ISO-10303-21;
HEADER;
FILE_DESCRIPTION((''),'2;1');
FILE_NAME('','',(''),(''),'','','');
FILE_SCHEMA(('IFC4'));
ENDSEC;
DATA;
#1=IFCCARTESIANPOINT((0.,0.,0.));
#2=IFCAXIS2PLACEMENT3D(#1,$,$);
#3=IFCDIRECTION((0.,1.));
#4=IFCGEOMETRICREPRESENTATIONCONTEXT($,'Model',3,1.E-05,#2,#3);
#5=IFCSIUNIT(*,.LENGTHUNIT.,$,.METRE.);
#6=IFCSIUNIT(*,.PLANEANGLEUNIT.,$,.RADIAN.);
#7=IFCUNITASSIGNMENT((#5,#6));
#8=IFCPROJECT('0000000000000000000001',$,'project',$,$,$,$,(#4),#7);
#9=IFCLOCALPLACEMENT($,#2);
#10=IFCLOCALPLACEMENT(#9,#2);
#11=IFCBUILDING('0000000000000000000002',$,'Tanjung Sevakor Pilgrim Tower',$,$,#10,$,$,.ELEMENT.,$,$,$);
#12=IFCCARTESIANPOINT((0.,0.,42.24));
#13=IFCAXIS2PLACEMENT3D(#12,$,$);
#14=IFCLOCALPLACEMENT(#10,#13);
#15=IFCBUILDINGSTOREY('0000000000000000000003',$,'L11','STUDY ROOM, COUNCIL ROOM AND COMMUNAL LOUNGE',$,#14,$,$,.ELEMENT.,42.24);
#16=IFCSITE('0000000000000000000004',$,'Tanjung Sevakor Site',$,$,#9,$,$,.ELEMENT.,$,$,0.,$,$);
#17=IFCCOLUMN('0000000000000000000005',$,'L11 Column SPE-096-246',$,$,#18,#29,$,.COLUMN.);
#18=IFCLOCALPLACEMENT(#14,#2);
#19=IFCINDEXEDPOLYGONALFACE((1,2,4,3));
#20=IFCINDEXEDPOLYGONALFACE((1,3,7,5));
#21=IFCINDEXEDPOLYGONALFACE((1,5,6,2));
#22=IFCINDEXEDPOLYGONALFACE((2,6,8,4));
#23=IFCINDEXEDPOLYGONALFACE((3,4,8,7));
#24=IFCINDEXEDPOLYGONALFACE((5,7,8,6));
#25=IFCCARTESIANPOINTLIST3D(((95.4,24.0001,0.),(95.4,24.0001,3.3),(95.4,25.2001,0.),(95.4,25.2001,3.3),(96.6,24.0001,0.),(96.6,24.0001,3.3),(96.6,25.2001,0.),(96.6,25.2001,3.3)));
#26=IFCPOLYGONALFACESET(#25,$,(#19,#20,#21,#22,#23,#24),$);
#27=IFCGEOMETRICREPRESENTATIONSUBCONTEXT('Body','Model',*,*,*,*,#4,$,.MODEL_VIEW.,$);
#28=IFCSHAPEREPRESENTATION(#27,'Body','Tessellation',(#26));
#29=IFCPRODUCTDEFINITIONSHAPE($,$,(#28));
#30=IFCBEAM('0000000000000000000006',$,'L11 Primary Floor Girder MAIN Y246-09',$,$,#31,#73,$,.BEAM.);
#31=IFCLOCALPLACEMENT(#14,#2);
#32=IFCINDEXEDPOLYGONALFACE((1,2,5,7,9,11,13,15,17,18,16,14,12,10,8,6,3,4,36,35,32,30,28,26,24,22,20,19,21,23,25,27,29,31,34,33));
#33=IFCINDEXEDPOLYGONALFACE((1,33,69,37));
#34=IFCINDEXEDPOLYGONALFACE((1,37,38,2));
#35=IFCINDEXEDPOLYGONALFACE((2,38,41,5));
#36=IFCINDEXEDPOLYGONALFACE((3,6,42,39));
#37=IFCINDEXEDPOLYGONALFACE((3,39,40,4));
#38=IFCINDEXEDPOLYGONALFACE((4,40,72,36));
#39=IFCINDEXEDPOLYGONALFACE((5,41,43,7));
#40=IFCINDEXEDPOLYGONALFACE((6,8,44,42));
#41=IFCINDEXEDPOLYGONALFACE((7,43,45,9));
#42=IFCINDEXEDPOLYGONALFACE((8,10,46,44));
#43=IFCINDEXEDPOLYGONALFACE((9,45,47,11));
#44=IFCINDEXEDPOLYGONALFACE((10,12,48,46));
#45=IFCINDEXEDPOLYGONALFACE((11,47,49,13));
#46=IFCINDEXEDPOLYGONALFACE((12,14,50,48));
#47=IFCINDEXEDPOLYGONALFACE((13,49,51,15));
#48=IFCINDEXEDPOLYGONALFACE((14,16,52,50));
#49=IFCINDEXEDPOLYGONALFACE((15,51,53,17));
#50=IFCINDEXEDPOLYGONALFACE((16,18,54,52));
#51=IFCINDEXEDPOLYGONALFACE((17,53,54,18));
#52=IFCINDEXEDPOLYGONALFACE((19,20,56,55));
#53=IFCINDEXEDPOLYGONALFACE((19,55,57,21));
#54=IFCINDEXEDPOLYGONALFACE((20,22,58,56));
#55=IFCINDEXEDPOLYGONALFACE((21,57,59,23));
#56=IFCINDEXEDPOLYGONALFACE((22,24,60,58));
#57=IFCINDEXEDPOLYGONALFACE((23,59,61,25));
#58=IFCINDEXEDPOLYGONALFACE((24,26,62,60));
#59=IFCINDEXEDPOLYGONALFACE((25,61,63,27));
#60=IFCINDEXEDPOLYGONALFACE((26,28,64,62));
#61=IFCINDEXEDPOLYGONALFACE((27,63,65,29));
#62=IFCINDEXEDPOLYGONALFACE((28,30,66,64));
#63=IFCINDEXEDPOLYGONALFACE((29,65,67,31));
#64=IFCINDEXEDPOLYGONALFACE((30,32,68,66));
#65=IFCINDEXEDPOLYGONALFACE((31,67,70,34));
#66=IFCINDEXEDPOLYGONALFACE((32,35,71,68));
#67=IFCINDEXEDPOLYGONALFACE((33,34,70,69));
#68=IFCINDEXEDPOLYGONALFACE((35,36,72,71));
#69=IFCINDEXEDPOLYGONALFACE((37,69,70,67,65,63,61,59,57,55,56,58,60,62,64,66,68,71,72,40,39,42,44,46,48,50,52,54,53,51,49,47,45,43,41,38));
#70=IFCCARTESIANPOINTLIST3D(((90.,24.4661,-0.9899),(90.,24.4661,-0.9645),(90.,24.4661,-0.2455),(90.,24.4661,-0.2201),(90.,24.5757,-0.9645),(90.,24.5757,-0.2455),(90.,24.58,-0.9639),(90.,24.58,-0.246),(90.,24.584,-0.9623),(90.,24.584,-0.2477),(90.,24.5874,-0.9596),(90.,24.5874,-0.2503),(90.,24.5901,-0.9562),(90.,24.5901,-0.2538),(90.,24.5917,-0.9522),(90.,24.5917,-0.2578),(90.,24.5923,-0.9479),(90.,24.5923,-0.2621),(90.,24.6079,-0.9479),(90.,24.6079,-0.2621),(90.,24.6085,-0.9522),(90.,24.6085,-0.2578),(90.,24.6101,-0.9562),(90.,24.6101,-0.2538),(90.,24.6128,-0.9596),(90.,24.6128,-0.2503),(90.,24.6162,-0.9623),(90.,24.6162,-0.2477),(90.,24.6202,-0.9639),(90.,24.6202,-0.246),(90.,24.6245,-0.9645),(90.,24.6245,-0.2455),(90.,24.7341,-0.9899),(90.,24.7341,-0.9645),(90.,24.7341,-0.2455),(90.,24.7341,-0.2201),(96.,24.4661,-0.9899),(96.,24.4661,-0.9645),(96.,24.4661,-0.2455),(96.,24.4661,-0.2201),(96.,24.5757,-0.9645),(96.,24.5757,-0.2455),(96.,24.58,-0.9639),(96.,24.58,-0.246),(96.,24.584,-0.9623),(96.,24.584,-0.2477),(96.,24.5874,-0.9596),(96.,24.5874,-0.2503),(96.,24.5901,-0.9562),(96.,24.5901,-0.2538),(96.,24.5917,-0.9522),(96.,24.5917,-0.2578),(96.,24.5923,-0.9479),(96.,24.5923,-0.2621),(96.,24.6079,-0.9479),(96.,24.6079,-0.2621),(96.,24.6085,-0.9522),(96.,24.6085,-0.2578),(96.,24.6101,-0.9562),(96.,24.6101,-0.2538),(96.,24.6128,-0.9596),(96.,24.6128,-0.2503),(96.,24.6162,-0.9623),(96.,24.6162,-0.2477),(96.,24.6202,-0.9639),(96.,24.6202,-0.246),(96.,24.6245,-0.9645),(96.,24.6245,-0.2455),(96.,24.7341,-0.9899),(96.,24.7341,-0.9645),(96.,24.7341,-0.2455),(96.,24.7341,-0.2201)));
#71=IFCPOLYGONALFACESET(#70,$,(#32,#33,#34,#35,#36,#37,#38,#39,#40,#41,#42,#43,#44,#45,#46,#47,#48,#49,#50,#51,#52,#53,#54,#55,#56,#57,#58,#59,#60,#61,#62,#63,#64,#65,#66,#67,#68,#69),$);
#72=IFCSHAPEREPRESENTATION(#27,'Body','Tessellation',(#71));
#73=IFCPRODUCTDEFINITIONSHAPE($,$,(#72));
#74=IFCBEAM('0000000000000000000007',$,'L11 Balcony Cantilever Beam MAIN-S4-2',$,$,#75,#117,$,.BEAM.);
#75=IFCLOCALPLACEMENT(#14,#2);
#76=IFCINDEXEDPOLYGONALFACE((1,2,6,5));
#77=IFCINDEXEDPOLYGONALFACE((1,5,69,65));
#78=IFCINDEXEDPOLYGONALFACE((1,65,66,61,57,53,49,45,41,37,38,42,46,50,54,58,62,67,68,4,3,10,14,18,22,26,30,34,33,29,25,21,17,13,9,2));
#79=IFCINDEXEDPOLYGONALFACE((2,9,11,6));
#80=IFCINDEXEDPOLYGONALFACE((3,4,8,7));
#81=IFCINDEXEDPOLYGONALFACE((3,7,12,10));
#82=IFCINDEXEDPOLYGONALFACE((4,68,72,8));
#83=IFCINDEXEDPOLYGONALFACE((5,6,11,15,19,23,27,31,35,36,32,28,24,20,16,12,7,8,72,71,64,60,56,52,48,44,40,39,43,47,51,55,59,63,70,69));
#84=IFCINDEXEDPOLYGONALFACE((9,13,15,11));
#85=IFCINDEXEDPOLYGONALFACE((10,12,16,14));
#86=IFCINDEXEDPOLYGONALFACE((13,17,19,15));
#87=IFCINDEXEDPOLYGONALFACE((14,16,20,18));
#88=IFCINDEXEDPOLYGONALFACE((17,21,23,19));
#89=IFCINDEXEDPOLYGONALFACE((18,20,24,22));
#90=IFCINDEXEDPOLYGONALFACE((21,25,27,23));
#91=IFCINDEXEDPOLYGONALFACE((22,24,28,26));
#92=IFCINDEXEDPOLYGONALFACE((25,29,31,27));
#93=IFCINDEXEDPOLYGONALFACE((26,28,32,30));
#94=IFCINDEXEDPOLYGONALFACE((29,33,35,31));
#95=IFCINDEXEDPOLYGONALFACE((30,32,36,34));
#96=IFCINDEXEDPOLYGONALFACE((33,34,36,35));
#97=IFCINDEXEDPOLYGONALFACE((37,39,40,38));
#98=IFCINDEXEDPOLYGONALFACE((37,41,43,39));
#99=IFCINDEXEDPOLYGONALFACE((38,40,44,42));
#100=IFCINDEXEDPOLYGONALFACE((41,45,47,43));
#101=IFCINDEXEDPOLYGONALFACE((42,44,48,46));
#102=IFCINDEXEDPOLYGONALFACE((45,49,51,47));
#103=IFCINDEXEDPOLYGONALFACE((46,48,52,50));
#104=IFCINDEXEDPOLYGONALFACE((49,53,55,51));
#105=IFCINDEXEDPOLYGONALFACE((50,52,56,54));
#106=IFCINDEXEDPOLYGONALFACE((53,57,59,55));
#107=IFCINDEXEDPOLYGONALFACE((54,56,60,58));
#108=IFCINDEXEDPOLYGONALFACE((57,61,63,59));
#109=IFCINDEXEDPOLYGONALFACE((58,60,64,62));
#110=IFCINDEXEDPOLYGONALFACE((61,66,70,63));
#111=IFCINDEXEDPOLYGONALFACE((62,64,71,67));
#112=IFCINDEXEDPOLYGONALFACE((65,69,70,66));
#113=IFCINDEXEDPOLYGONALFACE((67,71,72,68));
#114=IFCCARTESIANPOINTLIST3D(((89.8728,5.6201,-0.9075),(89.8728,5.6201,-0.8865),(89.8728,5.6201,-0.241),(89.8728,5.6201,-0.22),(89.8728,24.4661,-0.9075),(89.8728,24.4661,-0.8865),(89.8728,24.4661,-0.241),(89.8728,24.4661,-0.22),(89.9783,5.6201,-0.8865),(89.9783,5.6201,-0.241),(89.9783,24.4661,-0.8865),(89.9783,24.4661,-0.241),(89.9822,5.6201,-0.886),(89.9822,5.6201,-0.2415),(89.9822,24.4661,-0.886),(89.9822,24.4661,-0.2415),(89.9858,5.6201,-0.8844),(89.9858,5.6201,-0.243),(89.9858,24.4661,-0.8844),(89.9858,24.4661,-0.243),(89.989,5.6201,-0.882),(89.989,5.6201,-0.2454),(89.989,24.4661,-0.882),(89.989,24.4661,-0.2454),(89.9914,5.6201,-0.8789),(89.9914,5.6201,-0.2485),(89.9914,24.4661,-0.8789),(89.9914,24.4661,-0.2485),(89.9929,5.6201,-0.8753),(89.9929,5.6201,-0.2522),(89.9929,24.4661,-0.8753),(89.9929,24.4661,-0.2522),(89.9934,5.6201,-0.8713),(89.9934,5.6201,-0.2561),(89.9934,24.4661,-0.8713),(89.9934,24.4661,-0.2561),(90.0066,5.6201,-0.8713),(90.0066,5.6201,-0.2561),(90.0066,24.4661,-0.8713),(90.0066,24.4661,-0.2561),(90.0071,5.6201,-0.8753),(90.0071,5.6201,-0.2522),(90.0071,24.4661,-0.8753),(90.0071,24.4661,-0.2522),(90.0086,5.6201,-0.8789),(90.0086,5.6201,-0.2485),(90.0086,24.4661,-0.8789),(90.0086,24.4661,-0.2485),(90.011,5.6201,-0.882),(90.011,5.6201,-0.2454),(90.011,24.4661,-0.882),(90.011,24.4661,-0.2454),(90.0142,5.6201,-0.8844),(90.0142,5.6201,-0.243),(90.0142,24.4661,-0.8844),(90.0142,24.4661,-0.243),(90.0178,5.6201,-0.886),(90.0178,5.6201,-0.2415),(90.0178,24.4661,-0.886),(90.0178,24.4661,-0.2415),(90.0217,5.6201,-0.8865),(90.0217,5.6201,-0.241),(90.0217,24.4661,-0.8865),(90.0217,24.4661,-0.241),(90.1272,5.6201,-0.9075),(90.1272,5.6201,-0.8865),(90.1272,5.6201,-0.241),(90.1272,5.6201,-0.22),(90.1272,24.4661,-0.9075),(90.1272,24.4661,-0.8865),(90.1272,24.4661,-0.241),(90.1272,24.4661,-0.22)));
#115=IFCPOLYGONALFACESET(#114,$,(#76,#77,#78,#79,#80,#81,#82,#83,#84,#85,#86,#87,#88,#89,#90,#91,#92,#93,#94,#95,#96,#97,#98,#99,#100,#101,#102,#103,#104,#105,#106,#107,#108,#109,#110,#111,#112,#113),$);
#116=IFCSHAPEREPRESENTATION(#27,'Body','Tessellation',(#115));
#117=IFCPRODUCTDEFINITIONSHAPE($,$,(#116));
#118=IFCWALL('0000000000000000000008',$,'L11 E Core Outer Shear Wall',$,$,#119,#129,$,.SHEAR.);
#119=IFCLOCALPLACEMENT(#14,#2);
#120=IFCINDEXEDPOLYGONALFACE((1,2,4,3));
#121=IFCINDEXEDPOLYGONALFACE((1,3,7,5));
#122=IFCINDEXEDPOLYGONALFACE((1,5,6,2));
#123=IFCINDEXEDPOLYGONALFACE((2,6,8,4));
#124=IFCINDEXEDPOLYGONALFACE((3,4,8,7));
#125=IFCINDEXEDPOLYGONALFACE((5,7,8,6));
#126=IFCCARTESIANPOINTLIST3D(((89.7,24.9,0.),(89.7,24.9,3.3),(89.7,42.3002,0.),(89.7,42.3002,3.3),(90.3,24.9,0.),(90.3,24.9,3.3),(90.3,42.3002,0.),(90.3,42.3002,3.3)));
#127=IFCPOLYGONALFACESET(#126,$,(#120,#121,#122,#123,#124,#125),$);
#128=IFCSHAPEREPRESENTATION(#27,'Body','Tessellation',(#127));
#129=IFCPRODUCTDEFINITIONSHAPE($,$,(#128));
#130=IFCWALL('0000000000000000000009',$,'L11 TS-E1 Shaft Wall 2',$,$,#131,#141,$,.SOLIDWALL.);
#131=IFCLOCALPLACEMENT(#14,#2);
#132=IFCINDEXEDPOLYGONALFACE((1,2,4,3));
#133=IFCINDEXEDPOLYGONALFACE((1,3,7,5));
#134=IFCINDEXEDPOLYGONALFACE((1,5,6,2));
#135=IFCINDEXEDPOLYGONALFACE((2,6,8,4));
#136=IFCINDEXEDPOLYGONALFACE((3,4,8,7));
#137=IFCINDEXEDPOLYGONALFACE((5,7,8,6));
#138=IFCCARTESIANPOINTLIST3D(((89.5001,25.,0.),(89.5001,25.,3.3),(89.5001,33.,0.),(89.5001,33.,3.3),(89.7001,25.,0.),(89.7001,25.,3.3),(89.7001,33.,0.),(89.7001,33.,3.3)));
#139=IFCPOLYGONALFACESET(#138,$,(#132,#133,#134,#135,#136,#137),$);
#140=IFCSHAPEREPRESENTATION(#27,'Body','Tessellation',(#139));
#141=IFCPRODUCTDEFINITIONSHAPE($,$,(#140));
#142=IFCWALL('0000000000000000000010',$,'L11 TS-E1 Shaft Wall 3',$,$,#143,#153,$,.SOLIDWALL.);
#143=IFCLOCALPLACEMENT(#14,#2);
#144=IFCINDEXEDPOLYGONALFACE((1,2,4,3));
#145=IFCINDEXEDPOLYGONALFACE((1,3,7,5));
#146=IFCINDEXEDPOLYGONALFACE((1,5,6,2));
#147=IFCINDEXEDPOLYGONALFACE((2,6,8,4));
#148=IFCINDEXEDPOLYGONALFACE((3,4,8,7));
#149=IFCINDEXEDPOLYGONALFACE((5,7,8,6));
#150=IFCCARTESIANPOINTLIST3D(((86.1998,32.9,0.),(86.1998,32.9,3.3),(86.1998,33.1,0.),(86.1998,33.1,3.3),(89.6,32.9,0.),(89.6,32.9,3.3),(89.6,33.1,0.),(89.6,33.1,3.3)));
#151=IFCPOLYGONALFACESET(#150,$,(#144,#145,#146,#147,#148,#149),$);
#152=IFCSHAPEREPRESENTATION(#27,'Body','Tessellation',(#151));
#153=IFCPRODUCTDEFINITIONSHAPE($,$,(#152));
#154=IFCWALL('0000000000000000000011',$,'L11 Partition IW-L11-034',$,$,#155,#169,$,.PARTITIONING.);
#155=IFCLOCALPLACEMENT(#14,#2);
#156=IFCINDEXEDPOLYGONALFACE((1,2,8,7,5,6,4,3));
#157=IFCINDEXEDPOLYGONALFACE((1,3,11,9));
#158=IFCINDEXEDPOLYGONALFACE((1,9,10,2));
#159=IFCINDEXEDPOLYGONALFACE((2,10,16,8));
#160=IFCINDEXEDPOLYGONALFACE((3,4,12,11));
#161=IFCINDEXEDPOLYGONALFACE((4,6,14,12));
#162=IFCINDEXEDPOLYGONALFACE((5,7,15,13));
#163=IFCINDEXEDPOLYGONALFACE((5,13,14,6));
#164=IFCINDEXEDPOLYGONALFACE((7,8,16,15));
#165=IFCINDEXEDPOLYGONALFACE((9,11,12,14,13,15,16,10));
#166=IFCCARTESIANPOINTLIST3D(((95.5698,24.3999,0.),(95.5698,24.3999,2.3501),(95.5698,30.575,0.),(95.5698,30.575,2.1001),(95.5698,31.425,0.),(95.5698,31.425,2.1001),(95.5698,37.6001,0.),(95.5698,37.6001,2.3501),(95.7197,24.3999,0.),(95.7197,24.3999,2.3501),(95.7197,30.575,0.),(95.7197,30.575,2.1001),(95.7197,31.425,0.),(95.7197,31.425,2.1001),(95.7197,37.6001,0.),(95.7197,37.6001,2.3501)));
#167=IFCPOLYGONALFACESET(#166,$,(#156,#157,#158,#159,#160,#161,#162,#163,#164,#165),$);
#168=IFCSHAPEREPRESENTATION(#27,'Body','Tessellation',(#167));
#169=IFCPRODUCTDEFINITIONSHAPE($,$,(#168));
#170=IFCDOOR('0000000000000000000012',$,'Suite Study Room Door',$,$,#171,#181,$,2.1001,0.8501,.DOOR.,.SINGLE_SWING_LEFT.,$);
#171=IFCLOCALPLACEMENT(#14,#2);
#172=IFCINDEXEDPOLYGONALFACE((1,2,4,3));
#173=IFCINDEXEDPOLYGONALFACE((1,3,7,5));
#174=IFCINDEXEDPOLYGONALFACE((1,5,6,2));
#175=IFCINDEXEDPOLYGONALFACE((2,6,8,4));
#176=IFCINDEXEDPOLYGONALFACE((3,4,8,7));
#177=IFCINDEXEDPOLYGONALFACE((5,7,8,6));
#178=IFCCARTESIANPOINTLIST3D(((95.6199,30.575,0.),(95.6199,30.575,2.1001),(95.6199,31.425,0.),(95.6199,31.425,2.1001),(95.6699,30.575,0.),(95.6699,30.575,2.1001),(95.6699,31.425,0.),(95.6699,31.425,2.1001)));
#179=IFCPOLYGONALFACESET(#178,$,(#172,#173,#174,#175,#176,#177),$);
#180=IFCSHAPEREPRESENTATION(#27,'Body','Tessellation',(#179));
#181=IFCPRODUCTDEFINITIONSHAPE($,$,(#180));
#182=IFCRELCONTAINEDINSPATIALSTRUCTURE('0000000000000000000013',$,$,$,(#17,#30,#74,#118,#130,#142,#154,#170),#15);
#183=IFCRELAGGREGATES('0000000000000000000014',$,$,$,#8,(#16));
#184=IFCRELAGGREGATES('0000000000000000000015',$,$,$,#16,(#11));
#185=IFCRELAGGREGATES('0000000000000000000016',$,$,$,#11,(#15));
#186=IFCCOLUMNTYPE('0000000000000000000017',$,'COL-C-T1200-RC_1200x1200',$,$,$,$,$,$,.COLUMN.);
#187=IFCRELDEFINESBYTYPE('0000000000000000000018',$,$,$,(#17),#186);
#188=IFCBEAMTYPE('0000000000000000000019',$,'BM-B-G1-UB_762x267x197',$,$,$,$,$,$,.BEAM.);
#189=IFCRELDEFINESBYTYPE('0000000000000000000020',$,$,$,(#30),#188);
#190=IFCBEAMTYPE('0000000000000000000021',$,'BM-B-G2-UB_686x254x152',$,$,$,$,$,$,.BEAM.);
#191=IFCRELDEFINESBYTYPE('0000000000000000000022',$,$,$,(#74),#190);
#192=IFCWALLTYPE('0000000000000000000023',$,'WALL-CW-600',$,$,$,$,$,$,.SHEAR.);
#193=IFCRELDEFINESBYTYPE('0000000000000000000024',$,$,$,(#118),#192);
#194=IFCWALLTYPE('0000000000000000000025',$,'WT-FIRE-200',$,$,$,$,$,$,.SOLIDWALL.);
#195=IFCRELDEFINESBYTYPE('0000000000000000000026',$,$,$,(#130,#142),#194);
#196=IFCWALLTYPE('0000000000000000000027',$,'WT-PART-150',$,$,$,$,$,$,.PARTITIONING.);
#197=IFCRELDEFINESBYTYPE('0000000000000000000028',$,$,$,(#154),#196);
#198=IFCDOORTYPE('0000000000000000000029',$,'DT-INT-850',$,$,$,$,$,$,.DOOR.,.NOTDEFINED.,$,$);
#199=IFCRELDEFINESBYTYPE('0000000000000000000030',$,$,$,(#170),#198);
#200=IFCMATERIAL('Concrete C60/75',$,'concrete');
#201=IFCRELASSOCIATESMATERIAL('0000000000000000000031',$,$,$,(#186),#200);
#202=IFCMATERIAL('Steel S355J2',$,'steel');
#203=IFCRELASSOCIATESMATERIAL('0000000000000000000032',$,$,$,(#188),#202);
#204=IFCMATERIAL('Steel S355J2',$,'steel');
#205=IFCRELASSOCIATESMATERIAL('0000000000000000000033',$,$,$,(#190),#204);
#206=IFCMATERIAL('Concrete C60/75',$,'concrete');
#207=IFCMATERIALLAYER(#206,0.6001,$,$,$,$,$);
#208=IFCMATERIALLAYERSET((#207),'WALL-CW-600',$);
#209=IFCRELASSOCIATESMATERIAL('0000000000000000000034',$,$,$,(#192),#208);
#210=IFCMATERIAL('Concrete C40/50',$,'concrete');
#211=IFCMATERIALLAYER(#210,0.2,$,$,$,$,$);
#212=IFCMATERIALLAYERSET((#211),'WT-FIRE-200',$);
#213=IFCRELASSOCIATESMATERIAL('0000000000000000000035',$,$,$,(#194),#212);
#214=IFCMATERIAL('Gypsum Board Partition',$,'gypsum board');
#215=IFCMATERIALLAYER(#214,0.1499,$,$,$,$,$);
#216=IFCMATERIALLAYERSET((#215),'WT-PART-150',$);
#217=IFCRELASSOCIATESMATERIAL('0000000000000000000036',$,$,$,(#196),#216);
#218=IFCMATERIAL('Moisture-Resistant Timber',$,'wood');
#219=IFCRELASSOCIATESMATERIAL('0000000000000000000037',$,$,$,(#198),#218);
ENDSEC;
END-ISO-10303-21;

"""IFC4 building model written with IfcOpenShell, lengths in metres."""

from ifc_helpers import new_model, si_unit, direction, frame, frame_2d, origin, origin_2d, place, context, subcontext, project, spatial, rectangle, i_section, extrude, material, layer, layer_set, material_profile, profile_set, type_object, element, fill, save


model = new_model("IFC4")

# Units and contexts
model_context = context("Model", 3, precision=1e-05, world=origin(), true_north=direction((0.0, 1.0)))
body_context = subcontext(model_context, "Body", "Model", "MODEL_VIEW")
ifc_project = project(units=[si_unit("LENGTHUNIT", "METRE"), si_unit("PLANEANGLEUNIT", "RADIAN")], contexts=[model_context])

# Site, building, storey
site_placement = place(None, origin())
site = spatial("IfcSite", under=ifc_project, at=site_placement, Name="Tanjung Sevakor Site", CompositionType="ELEMENT", RefElevation=0.0)
building_placement = place(site_placement, origin())
building = spatial("IfcBuilding", under=site, at=building_placement, Name="Tanjung Sevakor Pilgrim Tower", CompositionType="ELEMENT")
storey_placement = place(building_placement, frame((0.0, 0.0, 42.24)))
storey = spatial("IfcBuildingStorey", under=building, at=storey_placement, Name="L11", Description="STUDY ROOM, COUNCIL ROOM AND COMMUNAL LOUNGE", CompositionType="ELEMENT", Elevation=42.24)

# Column
ifc_material_1 = material(Name="Concrete C60/75", Category="concrete")
ifc_material_profile_1 = material_profile(ifc_material_1, rectangle(XDim=1.2, YDim=1.2, at=origin_2d()))
ifc_profile_set_1 = profile_set([ifc_material_profile_1], Name="Concrete C60/75")
column_type = type_object("IfcColumnType", Name="COL-C-T1200-RC_1200x1200", PredefinedType="COLUMN", material=ifc_profile_set_1)
column_placement = place(storey_placement, frame((96.0, 24.6001, 0.0), z_axis=(0.0, 0.0, 1.0), x_axis=(1.0, 0.0, 0.0)))
element("IfcColumn", 1, at=column_placement, inside=storey, type_object=column_type, Name="L11 Column SPE-096-246", PredefinedType="COLUMN", context=body_context, shape_type="SweptSolid", body=[
    extrude(rectangle(XDim=1.2, YDim=1.2, at=origin_2d()), origin(), (0.0, 0.0, 1.0), 3.3),
])

# Beams
ifc_material_2 = material(Name="Steel S355J2", Category="steel")
ifc_material_profile_2 = material_profile(ifc_material_2, i_section(OverallWidth=0.2681, OverallDepth=0.7698, WebThickness=0.0156, FlangeThickness=0.0254, FilletRadius=0.0166, at=origin_2d()))
ifc_profile_set_2 = profile_set([ifc_material_profile_2], Name="Steel S355J2")
beam_type_1 = type_object("IfcBeamType", Name="BM-B-G1-UB_762x267x197", PredefinedType="BEAM", material=ifc_profile_set_2)
beam_1_placement = place(storey_placement, frame((90.0, 24.6001, -0.605), z_axis=(1.0, 0.0, 0.0), x_axis=(0.0, 1.0, 0.0)))
element("IfcBeam", 2, at=beam_1_placement, inside=storey, type_object=beam_type_1, Name="L11 Primary Floor Girder MAIN Y246-09", PredefinedType="BEAM", context=body_context, shape_type="SweptSolid", body=[
    extrude(i_section(OverallWidth=0.2681, OverallDepth=0.7698, WebThickness=0.0156, FlangeThickness=0.0254, FilletRadius=0.0166, at=origin_2d()), origin(), (0.0, 0.0, 1.0), 6.0),
])
ifc_material_3 = material(Name="Steel S355J2", Category="steel")
ifc_material_profile_3 = material_profile(ifc_material_3, i_section(OverallWidth=0.2544, OverallDepth=0.6875, WebThickness=0.0132, FlangeThickness=0.021, FilletRadius=0.0151, at=origin_2d()))
ifc_profile_set_3 = profile_set([ifc_material_profile_3], Name="Steel S355J2")
beam_type_2 = type_object("IfcBeamType", Name="BM-B-G2-UB_686x254x152", PredefinedType="BEAM", material=ifc_profile_set_3)
beam_2_placement = place(storey_placement, frame((90.0, 24.4661, -0.5637), z_axis=(0.0, -1.0, 0.0), x_axis=(1.0, 0.0, 0.0)))
element("IfcBeam", 3, at=beam_2_placement, inside=storey, type_object=beam_type_2, Name="L11 Balcony Cantilever Beam MAIN-S4-2", PredefinedType="BEAM", context=body_context, shape_type="SweptSolid", body=[
    extrude(i_section(OverallWidth=0.2544, OverallDepth=0.6875, WebThickness=0.0132, FlangeThickness=0.021, FilletRadius=0.0151, at=origin_2d()), origin(), (0.0, 0.0, 1.0), 18.8459),
])

# Walls
ifc_material_4 = material(Name="Concrete C60/75", Category="concrete")
ifc_layer_1 = layer(ifc_material_4, 0.6001)
ifc_layer_set_1 = layer_set([ifc_layer_1], Name="WALL-CW-600")
wall_type_1 = type_object("IfcWallType", Name="WALL-CW-600", PredefinedType="SHEAR", material=ifc_layer_set_1)
wall_1_placement = place(storey_placement, frame((90.0, 24.8999, 0.0), z_axis=(0.0, 0.0, 1.0), x_axis=(0.0, 1.0, 0.0)))
element("IfcWall", 4, at=wall_1_placement, inside=storey, type_object=wall_type_1, Name="L11 E Core Outer Shear Wall", PredefinedType="SHEAR", context=body_context, shape_type="SweptSolid", body=[
    extrude(rectangle(XDim=17.4001, YDim=0.6001, at=frame_2d((8.7002, 0.0))), origin(), (0.0, 0.0, 1.0), 3.3),
])
ifc_material_5 = material(Name="Concrete C40/50", Category="concrete")
ifc_layer_2 = layer(ifc_material_5, 0.2)
ifc_layer_set_2 = layer_set([ifc_layer_2], Name="WT-FIRE-200")
wall_type_2 = type_object("IfcWallType", Name="WT-FIRE-200", PredefinedType="SOLIDWALL", material=ifc_layer_set_2)
wall_2_placement = place(storey_placement, frame((89.6001, 25.0, 0.0), z_axis=(0.0, 0.0, 1.0), x_axis=(0.0, 1.0, 0.0)))
element("IfcWall", 5, at=wall_2_placement, inside=storey, type_object=wall_type_2, Name="L11 TS-E1 Shaft Wall 2", PredefinedType="SOLIDWALL", context=body_context, shape_type="SweptSolid", body=[
    extrude(rectangle(XDim=8.0, YDim=0.2, at=frame_2d((4.0, 0.0))), origin(), (0.0, 0.0, 1.0), 3.3),
])
wall_3_placement = place(storey_placement, frame((89.6001, 33.0, 0.0), z_axis=(0.0, 0.0, 1.0), x_axis=(-1.0, 0.0, 0.0)))
element("IfcWall", 6, at=wall_3_placement, inside=storey, type_object=wall_type_2, Name="L11 TS-E1 Shaft Wall 3", PredefinedType="SOLIDWALL", context=body_context, shape_type="SweptSolid", body=[
    extrude(rectangle(XDim=3.4001, YDim=0.2, at=frame_2d((1.7002, 0.0))), origin(), (0.0, 0.0, 1.0), 3.3),
])

# Wall, opening, door
ifc_material_6 = material(Name="Gypsum Board Partition", Category="gypsum board")
ifc_layer_3 = layer(ifc_material_6, 0.1499)
ifc_layer_set_3 = layer_set([ifc_layer_3], Name="WT-PART-150")
wall_type_3 = type_object("IfcWallType", Name="WT-PART-150", PredefinedType="PARTITIONING", material=ifc_layer_set_3)
wall_4_placement = place(storey_placement, frame((95.6448, 24.3999, 0.0), z_axis=(0.0, 0.0, 1.0), x_axis=(0.0, 1.0, 0.0)))
wall_4 = element("IfcWall", 7, at=wall_4_placement, inside=storey, type_object=wall_type_3, Name="L11 Partition IW-L11-034", PredefinedType="PARTITIONING", context=body_context, shape_type="SweptSolid", body=[
    extrude(rectangle(XDim=13.2002, YDim=0.1499, at=frame_2d((6.6001, 0.0))), origin(), (0.0, 0.0, 1.0), 2.3501),
])
opening_1_placement = place(wall_4_placement, frame((6.175, 0.0, 0.0)))
opening_1 = element("IfcOpeningElement", 8, at=opening_1_placement, cuts=wall_4, PredefinedType="OPENING", context=body_context, shape_type="SweptSolid", body=[
    extrude(rectangle(XDim=0.8501, YDim=2.1001, at=frame_2d((0.425, 1.05))), frame((0.0, 0.085, 0.0), z_axis=(0.0, -1.0, 0.0), x_axis=(1.0, 0.0, 0.0)), (0.0, 0.0, 1.0), 0.1699),
])
ifc_material_7 = material(Name="Moisture-Resistant Timber", Category="wood")
door_type = type_object("IfcDoorType", Name="DT-INT-850", OperationType="NOTDEFINED", PredefinedType="DOOR", material=ifc_material_7)
door_1_placement = place(opening_1_placement, origin())
door_1 = element("IfcDoor", 9, at=door_1_placement, inside=storey, type_object=door_type, Name="Suite Study Room Door", OperationType="SINGLE_SWING_LEFT", OverallHeight=2.1001, OverallWidth=0.8501, PredefinedType="DOOR", context=body_context, shape_type="SweptSolid", body=[
    extrude(rectangle(XDim=0.8501, YDim=2.1001, at=frame_2d((0.425, 1.05))), frame((0.0, 0.0249, 0.0), z_axis=(0.0, -1.0, 0.0), x_axis=(1.0, 0.0, 0.0)), (0.0, 0.0, 1.0), 0.05),
])
fill(opening_1, door_1)

save(model, "model.ifc")
